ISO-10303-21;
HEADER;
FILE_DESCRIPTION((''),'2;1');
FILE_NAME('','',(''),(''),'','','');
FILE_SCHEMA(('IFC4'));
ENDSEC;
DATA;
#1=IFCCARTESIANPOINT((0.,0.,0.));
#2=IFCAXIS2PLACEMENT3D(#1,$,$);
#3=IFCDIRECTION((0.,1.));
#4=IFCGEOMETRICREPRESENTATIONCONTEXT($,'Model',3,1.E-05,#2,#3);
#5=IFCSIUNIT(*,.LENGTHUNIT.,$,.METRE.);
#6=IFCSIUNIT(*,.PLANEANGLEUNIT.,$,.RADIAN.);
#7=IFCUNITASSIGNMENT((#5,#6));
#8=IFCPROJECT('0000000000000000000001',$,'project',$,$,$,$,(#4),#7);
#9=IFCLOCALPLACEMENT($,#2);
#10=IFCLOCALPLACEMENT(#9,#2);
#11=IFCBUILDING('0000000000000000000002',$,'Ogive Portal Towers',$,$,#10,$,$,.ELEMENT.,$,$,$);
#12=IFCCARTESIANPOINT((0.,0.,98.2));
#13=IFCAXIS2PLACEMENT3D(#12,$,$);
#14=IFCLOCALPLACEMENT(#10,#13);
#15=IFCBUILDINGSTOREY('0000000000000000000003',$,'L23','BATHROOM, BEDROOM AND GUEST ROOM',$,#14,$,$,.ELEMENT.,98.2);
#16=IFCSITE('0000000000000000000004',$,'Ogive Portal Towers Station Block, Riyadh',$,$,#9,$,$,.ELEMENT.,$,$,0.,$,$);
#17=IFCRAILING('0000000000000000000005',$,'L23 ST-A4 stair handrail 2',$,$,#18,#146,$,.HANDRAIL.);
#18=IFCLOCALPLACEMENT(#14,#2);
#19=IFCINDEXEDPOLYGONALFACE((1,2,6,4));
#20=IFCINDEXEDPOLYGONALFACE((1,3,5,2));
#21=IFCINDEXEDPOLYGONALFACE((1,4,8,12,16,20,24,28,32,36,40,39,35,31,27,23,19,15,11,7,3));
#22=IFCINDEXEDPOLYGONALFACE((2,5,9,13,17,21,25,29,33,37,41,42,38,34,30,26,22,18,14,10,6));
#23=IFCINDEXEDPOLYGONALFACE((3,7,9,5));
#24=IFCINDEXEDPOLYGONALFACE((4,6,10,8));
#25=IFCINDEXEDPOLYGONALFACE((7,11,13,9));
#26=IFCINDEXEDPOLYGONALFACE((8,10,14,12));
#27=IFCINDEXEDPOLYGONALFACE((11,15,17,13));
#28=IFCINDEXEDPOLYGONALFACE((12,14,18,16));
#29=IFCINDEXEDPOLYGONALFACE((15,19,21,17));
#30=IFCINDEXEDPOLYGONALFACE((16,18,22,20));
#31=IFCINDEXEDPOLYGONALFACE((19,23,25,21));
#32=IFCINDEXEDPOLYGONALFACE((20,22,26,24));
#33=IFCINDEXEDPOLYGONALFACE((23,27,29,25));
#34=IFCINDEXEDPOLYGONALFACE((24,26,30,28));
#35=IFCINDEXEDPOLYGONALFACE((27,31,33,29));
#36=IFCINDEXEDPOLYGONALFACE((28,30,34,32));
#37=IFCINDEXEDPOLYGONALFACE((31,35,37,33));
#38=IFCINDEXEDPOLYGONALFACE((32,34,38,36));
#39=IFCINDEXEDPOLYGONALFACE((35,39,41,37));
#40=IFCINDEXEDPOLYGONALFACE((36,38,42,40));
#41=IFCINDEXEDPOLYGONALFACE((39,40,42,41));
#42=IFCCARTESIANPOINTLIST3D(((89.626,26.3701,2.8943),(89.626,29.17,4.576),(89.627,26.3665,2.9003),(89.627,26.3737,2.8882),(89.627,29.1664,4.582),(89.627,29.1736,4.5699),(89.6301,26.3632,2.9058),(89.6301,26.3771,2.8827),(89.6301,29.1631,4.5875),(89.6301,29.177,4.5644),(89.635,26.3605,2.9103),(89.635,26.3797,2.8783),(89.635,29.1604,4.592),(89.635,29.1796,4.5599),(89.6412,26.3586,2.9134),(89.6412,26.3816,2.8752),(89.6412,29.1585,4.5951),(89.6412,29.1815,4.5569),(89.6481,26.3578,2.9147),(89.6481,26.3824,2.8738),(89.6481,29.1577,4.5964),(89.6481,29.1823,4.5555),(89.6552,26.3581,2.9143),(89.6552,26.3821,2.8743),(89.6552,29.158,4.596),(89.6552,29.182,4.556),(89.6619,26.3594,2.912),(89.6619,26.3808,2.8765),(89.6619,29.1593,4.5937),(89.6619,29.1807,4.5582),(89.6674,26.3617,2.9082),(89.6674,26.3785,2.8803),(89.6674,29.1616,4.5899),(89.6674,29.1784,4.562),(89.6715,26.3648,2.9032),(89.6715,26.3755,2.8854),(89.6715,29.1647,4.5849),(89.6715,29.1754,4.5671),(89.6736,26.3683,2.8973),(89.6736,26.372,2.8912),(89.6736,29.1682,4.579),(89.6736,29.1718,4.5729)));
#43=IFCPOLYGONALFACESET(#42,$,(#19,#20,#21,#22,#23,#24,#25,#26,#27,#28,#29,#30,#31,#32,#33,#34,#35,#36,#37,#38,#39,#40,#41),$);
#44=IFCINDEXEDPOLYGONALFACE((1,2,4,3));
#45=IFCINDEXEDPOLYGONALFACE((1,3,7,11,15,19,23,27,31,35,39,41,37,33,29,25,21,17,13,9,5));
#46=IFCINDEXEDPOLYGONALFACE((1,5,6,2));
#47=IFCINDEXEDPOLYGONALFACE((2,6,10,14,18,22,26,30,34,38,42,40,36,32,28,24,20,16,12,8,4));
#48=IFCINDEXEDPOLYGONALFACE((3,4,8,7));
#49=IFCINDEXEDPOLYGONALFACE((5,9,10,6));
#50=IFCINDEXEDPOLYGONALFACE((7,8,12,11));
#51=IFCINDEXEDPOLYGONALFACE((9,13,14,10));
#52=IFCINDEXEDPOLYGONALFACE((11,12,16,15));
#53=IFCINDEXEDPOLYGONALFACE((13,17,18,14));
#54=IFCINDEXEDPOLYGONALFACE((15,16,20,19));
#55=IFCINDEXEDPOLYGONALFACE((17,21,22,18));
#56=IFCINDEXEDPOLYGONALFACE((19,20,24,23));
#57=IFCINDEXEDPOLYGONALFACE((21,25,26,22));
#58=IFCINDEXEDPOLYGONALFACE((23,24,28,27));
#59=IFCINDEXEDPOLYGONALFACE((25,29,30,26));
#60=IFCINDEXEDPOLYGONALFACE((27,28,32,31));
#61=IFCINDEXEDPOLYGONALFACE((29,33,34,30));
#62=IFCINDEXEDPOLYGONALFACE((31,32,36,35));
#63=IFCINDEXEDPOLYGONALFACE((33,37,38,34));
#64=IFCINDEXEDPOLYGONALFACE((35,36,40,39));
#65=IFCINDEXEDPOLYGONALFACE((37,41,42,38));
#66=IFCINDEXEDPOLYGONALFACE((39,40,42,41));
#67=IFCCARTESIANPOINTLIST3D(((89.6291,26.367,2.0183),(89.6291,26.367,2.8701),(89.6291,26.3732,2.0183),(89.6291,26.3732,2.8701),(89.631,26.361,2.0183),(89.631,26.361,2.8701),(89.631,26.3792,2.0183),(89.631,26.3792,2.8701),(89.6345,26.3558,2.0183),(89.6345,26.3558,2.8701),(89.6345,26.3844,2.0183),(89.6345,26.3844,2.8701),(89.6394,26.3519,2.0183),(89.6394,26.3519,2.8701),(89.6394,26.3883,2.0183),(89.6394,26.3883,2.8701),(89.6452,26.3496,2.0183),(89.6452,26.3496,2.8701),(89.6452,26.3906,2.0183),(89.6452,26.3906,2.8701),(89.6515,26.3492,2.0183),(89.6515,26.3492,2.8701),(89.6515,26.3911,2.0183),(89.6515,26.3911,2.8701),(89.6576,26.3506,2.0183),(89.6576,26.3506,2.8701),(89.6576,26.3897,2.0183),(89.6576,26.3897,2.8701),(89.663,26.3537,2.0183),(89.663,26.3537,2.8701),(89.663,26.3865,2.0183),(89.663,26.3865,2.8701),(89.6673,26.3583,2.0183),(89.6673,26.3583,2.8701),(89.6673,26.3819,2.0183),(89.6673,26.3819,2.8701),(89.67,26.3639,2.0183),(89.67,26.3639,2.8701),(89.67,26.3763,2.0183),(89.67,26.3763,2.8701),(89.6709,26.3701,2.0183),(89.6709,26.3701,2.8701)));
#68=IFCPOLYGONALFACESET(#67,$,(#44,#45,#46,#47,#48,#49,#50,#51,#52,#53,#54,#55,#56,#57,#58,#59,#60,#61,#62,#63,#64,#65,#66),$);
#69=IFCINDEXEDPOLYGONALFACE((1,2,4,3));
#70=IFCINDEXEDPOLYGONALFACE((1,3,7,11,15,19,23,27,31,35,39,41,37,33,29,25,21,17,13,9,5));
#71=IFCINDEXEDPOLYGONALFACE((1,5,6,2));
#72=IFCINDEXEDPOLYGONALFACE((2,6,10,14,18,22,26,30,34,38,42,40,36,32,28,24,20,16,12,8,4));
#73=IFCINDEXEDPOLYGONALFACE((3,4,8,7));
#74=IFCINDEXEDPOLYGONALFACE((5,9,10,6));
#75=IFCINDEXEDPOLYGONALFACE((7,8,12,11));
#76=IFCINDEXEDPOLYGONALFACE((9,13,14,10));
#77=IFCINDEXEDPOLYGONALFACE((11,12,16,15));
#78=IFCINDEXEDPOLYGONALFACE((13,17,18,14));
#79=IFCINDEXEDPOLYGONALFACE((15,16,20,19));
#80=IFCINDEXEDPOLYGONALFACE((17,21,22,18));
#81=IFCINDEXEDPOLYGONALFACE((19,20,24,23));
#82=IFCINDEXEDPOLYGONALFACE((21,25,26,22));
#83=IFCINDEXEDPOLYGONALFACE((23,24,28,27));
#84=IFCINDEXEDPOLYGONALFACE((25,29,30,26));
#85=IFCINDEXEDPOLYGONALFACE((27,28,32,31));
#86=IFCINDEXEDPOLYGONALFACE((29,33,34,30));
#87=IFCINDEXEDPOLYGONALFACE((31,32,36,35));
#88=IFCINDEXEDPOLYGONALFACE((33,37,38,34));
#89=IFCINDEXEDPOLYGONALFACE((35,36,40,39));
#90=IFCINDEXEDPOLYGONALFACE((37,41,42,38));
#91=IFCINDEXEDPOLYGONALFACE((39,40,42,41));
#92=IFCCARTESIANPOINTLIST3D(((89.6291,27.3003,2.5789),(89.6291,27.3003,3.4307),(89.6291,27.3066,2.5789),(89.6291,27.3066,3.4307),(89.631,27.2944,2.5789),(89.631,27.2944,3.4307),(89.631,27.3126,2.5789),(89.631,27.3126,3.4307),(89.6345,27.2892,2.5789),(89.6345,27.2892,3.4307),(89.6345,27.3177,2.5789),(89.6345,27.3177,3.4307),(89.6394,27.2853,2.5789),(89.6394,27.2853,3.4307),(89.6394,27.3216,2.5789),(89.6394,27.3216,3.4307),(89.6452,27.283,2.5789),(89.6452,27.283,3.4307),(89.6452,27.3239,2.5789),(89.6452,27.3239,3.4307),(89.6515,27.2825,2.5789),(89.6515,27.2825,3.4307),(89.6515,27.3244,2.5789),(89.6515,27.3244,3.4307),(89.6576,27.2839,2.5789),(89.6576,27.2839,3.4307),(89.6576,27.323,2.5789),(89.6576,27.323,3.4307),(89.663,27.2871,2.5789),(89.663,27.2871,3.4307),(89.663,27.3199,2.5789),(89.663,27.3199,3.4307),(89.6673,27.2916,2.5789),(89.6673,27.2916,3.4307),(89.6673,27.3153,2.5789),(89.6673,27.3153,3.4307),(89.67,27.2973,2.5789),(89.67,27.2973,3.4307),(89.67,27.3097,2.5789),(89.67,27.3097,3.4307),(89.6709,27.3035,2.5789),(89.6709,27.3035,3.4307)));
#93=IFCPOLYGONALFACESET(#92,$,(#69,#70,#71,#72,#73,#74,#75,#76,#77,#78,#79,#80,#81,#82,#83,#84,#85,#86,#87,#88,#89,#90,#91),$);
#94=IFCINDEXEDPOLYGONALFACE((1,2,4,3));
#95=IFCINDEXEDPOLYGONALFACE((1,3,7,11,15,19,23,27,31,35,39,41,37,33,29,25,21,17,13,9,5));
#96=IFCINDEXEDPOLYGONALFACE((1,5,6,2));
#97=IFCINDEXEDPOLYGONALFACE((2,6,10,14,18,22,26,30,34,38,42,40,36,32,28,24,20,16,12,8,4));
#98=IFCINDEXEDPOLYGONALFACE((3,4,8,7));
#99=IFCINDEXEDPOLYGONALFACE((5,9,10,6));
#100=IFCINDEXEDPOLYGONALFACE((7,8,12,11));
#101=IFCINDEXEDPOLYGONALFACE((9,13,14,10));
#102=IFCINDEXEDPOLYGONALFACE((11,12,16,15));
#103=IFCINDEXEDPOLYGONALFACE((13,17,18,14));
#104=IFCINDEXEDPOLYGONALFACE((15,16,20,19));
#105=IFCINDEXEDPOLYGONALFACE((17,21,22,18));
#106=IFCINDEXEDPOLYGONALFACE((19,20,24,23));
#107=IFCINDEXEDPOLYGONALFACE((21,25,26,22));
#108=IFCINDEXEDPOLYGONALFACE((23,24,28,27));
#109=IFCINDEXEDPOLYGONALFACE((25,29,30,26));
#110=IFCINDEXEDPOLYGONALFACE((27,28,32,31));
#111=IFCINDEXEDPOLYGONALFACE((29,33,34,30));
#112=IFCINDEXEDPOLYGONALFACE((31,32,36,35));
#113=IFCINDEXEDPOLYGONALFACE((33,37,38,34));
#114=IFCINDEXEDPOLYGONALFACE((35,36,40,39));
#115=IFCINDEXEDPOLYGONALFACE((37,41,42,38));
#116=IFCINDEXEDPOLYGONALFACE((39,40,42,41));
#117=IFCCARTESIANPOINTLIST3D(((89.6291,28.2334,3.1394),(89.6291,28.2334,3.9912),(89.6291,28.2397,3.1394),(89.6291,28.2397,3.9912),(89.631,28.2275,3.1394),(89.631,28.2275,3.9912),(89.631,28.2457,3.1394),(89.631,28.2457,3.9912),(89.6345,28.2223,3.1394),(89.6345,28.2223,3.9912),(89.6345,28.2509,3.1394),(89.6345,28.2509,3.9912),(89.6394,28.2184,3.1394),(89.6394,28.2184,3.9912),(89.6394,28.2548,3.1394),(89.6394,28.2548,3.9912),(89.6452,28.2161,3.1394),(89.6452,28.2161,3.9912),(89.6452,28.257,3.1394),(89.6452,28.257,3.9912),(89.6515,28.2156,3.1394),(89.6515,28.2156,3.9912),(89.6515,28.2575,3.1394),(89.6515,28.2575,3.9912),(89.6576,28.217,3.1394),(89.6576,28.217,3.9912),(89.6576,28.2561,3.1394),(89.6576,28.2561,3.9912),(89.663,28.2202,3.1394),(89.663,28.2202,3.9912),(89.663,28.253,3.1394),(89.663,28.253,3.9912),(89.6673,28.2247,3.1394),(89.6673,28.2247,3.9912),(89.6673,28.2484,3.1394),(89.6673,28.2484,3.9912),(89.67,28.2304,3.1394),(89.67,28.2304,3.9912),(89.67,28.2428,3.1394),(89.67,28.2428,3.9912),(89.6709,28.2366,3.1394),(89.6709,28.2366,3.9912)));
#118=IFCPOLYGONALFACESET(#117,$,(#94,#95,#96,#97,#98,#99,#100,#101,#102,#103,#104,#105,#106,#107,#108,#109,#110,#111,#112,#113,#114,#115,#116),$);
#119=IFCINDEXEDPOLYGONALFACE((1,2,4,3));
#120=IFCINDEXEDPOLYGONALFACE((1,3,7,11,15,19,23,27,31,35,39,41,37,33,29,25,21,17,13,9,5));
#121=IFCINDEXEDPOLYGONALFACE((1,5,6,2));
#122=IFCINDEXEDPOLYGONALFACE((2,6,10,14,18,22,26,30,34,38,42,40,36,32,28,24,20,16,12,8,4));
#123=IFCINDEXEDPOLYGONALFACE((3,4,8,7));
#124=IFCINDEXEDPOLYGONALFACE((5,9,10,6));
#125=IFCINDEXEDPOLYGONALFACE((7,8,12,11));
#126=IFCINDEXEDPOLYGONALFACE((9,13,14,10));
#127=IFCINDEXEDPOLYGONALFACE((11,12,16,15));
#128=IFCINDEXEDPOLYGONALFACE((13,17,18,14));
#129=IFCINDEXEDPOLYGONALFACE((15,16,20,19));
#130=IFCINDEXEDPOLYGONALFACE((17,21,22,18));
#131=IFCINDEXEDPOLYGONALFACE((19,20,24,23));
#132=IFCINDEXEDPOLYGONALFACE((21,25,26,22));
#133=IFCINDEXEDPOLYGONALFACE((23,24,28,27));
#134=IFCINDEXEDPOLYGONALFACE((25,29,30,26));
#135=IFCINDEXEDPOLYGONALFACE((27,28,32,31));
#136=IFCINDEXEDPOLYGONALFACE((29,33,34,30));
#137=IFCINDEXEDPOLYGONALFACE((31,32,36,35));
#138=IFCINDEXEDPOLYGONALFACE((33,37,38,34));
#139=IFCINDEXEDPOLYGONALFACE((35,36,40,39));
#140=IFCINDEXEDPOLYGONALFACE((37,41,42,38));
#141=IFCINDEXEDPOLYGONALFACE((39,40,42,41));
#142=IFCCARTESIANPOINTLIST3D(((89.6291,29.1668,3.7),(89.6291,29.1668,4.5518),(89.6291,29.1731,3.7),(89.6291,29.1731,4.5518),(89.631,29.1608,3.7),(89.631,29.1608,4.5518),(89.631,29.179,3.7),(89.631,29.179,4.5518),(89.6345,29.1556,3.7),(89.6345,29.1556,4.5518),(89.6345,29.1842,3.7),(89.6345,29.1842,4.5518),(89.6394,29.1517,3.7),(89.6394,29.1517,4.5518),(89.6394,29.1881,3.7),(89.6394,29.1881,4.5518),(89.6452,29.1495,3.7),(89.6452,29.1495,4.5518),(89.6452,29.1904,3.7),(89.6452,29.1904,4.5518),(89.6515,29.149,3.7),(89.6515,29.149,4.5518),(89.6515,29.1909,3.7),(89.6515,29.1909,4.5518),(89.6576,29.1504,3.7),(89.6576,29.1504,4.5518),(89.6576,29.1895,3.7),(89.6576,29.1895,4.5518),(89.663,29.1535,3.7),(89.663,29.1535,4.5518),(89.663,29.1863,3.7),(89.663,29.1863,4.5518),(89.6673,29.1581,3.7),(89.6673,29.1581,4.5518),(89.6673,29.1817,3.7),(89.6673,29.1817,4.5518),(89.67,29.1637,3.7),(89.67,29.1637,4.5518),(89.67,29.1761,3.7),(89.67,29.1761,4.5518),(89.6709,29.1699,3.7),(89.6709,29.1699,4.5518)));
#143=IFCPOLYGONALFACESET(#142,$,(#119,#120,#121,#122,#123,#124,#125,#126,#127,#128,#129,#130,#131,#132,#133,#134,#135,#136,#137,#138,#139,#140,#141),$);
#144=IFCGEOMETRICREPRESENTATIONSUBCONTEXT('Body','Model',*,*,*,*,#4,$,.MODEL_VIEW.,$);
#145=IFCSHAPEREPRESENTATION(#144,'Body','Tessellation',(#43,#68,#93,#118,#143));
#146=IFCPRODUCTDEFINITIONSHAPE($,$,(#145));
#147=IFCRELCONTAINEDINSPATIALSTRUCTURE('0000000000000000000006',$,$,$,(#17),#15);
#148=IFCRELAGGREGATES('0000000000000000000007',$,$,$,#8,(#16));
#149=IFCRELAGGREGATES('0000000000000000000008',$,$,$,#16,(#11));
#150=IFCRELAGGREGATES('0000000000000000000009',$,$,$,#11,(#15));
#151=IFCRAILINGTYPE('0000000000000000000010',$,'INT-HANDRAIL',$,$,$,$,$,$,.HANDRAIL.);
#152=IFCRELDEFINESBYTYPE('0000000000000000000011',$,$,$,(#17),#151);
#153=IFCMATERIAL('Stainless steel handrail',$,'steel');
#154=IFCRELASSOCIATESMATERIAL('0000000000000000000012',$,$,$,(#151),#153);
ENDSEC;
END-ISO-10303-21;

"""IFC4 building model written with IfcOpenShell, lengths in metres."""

from ifc_helpers import new_model, si_unit, direction, frame, origin, origin_2d, place, context, subcontext, project, spatial, circle, extrude, material, type_object, element, save


model = new_model("IFC4")

# Units and contexts
model_context = context("Model", 3, precision=1e-05, world=origin(), true_north=direction((0.0, 1.0)))
body_context = subcontext(model_context, "Body", "Model", "MODEL_VIEW")
ifc_project = project(units=[si_unit("LENGTHUNIT", "METRE"), si_unit("PLANEANGLEUNIT", "RADIAN")], contexts=[model_context])

# Site, building, storey
site_placement = place(None, origin())
site = spatial("IfcSite", under=ifc_project, at=site_placement, Name="Ogive Portal Towers Station Block, Riyadh", CompositionType="ELEMENT", RefElevation=0.0)
building_placement = place(site_placement, origin())
building = spatial("IfcBuilding", under=site, at=building_placement, Name="Ogive Portal Towers", CompositionType="ELEMENT")
storey_placement = place(building_placement, frame((0.0, 0.0, 98.2)))
storey = spatial("IfcBuildingStorey", under=building, at=storey_placement, Name="L23", Description="BATHROOM, BEDROOM AND GUEST ROOM", CompositionType="ELEMENT", Elevation=98.2)

# Railing
ifc_material_1 = material(Name="Stainless steel handrail", Category="steel")
railing_type_1 = type_object("IfcRailingType", Name="INT-HANDRAIL", PredefinedType="HANDRAIL", material=ifc_material_1)
railing_1_placement = place(storey_placement, frame((89.6499, 26.3701, 2.0183)))
element("IfcRailing", 1, at=railing_1_placement, inside=storey, type_object=railing_type_1, Name="L23 ST-A4 stair handrail 2", PredefinedType="HANDRAIL", context=body_context, shape_type="SweptSolid", body=[
    extrude(circle(Radius=0.0239, at=origin_2d()), frame((0.0, 0.0, 0.876), z_axis=(0.0, 0.857255, 0.514891), x_axis=(-1.0, 0.0, 0.0)), (0.0, 0.0, 1.0), 3.2661),
    extrude(circle(Radius=0.021, at=origin_2d()), origin(), (0.0, 0.0, 1.0), 0.8518),
    extrude(circle(Radius=0.021, at=origin_2d()), frame((0.0, 0.9333, 0.5605)), (0.0, 0.0, 1.0), 0.8518),
    extrude(circle(Radius=0.021, at=origin_2d()), frame((0.0, 1.8665, 1.1211)), (0.0, 0.0, 1.0), 0.8518),
    extrude(circle(Radius=0.021, at=origin_2d()), frame((0.0, 2.7998, 1.6816)), (0.0, 0.0, 1.0), 0.8518),
])

save(model, "model.ifc")
